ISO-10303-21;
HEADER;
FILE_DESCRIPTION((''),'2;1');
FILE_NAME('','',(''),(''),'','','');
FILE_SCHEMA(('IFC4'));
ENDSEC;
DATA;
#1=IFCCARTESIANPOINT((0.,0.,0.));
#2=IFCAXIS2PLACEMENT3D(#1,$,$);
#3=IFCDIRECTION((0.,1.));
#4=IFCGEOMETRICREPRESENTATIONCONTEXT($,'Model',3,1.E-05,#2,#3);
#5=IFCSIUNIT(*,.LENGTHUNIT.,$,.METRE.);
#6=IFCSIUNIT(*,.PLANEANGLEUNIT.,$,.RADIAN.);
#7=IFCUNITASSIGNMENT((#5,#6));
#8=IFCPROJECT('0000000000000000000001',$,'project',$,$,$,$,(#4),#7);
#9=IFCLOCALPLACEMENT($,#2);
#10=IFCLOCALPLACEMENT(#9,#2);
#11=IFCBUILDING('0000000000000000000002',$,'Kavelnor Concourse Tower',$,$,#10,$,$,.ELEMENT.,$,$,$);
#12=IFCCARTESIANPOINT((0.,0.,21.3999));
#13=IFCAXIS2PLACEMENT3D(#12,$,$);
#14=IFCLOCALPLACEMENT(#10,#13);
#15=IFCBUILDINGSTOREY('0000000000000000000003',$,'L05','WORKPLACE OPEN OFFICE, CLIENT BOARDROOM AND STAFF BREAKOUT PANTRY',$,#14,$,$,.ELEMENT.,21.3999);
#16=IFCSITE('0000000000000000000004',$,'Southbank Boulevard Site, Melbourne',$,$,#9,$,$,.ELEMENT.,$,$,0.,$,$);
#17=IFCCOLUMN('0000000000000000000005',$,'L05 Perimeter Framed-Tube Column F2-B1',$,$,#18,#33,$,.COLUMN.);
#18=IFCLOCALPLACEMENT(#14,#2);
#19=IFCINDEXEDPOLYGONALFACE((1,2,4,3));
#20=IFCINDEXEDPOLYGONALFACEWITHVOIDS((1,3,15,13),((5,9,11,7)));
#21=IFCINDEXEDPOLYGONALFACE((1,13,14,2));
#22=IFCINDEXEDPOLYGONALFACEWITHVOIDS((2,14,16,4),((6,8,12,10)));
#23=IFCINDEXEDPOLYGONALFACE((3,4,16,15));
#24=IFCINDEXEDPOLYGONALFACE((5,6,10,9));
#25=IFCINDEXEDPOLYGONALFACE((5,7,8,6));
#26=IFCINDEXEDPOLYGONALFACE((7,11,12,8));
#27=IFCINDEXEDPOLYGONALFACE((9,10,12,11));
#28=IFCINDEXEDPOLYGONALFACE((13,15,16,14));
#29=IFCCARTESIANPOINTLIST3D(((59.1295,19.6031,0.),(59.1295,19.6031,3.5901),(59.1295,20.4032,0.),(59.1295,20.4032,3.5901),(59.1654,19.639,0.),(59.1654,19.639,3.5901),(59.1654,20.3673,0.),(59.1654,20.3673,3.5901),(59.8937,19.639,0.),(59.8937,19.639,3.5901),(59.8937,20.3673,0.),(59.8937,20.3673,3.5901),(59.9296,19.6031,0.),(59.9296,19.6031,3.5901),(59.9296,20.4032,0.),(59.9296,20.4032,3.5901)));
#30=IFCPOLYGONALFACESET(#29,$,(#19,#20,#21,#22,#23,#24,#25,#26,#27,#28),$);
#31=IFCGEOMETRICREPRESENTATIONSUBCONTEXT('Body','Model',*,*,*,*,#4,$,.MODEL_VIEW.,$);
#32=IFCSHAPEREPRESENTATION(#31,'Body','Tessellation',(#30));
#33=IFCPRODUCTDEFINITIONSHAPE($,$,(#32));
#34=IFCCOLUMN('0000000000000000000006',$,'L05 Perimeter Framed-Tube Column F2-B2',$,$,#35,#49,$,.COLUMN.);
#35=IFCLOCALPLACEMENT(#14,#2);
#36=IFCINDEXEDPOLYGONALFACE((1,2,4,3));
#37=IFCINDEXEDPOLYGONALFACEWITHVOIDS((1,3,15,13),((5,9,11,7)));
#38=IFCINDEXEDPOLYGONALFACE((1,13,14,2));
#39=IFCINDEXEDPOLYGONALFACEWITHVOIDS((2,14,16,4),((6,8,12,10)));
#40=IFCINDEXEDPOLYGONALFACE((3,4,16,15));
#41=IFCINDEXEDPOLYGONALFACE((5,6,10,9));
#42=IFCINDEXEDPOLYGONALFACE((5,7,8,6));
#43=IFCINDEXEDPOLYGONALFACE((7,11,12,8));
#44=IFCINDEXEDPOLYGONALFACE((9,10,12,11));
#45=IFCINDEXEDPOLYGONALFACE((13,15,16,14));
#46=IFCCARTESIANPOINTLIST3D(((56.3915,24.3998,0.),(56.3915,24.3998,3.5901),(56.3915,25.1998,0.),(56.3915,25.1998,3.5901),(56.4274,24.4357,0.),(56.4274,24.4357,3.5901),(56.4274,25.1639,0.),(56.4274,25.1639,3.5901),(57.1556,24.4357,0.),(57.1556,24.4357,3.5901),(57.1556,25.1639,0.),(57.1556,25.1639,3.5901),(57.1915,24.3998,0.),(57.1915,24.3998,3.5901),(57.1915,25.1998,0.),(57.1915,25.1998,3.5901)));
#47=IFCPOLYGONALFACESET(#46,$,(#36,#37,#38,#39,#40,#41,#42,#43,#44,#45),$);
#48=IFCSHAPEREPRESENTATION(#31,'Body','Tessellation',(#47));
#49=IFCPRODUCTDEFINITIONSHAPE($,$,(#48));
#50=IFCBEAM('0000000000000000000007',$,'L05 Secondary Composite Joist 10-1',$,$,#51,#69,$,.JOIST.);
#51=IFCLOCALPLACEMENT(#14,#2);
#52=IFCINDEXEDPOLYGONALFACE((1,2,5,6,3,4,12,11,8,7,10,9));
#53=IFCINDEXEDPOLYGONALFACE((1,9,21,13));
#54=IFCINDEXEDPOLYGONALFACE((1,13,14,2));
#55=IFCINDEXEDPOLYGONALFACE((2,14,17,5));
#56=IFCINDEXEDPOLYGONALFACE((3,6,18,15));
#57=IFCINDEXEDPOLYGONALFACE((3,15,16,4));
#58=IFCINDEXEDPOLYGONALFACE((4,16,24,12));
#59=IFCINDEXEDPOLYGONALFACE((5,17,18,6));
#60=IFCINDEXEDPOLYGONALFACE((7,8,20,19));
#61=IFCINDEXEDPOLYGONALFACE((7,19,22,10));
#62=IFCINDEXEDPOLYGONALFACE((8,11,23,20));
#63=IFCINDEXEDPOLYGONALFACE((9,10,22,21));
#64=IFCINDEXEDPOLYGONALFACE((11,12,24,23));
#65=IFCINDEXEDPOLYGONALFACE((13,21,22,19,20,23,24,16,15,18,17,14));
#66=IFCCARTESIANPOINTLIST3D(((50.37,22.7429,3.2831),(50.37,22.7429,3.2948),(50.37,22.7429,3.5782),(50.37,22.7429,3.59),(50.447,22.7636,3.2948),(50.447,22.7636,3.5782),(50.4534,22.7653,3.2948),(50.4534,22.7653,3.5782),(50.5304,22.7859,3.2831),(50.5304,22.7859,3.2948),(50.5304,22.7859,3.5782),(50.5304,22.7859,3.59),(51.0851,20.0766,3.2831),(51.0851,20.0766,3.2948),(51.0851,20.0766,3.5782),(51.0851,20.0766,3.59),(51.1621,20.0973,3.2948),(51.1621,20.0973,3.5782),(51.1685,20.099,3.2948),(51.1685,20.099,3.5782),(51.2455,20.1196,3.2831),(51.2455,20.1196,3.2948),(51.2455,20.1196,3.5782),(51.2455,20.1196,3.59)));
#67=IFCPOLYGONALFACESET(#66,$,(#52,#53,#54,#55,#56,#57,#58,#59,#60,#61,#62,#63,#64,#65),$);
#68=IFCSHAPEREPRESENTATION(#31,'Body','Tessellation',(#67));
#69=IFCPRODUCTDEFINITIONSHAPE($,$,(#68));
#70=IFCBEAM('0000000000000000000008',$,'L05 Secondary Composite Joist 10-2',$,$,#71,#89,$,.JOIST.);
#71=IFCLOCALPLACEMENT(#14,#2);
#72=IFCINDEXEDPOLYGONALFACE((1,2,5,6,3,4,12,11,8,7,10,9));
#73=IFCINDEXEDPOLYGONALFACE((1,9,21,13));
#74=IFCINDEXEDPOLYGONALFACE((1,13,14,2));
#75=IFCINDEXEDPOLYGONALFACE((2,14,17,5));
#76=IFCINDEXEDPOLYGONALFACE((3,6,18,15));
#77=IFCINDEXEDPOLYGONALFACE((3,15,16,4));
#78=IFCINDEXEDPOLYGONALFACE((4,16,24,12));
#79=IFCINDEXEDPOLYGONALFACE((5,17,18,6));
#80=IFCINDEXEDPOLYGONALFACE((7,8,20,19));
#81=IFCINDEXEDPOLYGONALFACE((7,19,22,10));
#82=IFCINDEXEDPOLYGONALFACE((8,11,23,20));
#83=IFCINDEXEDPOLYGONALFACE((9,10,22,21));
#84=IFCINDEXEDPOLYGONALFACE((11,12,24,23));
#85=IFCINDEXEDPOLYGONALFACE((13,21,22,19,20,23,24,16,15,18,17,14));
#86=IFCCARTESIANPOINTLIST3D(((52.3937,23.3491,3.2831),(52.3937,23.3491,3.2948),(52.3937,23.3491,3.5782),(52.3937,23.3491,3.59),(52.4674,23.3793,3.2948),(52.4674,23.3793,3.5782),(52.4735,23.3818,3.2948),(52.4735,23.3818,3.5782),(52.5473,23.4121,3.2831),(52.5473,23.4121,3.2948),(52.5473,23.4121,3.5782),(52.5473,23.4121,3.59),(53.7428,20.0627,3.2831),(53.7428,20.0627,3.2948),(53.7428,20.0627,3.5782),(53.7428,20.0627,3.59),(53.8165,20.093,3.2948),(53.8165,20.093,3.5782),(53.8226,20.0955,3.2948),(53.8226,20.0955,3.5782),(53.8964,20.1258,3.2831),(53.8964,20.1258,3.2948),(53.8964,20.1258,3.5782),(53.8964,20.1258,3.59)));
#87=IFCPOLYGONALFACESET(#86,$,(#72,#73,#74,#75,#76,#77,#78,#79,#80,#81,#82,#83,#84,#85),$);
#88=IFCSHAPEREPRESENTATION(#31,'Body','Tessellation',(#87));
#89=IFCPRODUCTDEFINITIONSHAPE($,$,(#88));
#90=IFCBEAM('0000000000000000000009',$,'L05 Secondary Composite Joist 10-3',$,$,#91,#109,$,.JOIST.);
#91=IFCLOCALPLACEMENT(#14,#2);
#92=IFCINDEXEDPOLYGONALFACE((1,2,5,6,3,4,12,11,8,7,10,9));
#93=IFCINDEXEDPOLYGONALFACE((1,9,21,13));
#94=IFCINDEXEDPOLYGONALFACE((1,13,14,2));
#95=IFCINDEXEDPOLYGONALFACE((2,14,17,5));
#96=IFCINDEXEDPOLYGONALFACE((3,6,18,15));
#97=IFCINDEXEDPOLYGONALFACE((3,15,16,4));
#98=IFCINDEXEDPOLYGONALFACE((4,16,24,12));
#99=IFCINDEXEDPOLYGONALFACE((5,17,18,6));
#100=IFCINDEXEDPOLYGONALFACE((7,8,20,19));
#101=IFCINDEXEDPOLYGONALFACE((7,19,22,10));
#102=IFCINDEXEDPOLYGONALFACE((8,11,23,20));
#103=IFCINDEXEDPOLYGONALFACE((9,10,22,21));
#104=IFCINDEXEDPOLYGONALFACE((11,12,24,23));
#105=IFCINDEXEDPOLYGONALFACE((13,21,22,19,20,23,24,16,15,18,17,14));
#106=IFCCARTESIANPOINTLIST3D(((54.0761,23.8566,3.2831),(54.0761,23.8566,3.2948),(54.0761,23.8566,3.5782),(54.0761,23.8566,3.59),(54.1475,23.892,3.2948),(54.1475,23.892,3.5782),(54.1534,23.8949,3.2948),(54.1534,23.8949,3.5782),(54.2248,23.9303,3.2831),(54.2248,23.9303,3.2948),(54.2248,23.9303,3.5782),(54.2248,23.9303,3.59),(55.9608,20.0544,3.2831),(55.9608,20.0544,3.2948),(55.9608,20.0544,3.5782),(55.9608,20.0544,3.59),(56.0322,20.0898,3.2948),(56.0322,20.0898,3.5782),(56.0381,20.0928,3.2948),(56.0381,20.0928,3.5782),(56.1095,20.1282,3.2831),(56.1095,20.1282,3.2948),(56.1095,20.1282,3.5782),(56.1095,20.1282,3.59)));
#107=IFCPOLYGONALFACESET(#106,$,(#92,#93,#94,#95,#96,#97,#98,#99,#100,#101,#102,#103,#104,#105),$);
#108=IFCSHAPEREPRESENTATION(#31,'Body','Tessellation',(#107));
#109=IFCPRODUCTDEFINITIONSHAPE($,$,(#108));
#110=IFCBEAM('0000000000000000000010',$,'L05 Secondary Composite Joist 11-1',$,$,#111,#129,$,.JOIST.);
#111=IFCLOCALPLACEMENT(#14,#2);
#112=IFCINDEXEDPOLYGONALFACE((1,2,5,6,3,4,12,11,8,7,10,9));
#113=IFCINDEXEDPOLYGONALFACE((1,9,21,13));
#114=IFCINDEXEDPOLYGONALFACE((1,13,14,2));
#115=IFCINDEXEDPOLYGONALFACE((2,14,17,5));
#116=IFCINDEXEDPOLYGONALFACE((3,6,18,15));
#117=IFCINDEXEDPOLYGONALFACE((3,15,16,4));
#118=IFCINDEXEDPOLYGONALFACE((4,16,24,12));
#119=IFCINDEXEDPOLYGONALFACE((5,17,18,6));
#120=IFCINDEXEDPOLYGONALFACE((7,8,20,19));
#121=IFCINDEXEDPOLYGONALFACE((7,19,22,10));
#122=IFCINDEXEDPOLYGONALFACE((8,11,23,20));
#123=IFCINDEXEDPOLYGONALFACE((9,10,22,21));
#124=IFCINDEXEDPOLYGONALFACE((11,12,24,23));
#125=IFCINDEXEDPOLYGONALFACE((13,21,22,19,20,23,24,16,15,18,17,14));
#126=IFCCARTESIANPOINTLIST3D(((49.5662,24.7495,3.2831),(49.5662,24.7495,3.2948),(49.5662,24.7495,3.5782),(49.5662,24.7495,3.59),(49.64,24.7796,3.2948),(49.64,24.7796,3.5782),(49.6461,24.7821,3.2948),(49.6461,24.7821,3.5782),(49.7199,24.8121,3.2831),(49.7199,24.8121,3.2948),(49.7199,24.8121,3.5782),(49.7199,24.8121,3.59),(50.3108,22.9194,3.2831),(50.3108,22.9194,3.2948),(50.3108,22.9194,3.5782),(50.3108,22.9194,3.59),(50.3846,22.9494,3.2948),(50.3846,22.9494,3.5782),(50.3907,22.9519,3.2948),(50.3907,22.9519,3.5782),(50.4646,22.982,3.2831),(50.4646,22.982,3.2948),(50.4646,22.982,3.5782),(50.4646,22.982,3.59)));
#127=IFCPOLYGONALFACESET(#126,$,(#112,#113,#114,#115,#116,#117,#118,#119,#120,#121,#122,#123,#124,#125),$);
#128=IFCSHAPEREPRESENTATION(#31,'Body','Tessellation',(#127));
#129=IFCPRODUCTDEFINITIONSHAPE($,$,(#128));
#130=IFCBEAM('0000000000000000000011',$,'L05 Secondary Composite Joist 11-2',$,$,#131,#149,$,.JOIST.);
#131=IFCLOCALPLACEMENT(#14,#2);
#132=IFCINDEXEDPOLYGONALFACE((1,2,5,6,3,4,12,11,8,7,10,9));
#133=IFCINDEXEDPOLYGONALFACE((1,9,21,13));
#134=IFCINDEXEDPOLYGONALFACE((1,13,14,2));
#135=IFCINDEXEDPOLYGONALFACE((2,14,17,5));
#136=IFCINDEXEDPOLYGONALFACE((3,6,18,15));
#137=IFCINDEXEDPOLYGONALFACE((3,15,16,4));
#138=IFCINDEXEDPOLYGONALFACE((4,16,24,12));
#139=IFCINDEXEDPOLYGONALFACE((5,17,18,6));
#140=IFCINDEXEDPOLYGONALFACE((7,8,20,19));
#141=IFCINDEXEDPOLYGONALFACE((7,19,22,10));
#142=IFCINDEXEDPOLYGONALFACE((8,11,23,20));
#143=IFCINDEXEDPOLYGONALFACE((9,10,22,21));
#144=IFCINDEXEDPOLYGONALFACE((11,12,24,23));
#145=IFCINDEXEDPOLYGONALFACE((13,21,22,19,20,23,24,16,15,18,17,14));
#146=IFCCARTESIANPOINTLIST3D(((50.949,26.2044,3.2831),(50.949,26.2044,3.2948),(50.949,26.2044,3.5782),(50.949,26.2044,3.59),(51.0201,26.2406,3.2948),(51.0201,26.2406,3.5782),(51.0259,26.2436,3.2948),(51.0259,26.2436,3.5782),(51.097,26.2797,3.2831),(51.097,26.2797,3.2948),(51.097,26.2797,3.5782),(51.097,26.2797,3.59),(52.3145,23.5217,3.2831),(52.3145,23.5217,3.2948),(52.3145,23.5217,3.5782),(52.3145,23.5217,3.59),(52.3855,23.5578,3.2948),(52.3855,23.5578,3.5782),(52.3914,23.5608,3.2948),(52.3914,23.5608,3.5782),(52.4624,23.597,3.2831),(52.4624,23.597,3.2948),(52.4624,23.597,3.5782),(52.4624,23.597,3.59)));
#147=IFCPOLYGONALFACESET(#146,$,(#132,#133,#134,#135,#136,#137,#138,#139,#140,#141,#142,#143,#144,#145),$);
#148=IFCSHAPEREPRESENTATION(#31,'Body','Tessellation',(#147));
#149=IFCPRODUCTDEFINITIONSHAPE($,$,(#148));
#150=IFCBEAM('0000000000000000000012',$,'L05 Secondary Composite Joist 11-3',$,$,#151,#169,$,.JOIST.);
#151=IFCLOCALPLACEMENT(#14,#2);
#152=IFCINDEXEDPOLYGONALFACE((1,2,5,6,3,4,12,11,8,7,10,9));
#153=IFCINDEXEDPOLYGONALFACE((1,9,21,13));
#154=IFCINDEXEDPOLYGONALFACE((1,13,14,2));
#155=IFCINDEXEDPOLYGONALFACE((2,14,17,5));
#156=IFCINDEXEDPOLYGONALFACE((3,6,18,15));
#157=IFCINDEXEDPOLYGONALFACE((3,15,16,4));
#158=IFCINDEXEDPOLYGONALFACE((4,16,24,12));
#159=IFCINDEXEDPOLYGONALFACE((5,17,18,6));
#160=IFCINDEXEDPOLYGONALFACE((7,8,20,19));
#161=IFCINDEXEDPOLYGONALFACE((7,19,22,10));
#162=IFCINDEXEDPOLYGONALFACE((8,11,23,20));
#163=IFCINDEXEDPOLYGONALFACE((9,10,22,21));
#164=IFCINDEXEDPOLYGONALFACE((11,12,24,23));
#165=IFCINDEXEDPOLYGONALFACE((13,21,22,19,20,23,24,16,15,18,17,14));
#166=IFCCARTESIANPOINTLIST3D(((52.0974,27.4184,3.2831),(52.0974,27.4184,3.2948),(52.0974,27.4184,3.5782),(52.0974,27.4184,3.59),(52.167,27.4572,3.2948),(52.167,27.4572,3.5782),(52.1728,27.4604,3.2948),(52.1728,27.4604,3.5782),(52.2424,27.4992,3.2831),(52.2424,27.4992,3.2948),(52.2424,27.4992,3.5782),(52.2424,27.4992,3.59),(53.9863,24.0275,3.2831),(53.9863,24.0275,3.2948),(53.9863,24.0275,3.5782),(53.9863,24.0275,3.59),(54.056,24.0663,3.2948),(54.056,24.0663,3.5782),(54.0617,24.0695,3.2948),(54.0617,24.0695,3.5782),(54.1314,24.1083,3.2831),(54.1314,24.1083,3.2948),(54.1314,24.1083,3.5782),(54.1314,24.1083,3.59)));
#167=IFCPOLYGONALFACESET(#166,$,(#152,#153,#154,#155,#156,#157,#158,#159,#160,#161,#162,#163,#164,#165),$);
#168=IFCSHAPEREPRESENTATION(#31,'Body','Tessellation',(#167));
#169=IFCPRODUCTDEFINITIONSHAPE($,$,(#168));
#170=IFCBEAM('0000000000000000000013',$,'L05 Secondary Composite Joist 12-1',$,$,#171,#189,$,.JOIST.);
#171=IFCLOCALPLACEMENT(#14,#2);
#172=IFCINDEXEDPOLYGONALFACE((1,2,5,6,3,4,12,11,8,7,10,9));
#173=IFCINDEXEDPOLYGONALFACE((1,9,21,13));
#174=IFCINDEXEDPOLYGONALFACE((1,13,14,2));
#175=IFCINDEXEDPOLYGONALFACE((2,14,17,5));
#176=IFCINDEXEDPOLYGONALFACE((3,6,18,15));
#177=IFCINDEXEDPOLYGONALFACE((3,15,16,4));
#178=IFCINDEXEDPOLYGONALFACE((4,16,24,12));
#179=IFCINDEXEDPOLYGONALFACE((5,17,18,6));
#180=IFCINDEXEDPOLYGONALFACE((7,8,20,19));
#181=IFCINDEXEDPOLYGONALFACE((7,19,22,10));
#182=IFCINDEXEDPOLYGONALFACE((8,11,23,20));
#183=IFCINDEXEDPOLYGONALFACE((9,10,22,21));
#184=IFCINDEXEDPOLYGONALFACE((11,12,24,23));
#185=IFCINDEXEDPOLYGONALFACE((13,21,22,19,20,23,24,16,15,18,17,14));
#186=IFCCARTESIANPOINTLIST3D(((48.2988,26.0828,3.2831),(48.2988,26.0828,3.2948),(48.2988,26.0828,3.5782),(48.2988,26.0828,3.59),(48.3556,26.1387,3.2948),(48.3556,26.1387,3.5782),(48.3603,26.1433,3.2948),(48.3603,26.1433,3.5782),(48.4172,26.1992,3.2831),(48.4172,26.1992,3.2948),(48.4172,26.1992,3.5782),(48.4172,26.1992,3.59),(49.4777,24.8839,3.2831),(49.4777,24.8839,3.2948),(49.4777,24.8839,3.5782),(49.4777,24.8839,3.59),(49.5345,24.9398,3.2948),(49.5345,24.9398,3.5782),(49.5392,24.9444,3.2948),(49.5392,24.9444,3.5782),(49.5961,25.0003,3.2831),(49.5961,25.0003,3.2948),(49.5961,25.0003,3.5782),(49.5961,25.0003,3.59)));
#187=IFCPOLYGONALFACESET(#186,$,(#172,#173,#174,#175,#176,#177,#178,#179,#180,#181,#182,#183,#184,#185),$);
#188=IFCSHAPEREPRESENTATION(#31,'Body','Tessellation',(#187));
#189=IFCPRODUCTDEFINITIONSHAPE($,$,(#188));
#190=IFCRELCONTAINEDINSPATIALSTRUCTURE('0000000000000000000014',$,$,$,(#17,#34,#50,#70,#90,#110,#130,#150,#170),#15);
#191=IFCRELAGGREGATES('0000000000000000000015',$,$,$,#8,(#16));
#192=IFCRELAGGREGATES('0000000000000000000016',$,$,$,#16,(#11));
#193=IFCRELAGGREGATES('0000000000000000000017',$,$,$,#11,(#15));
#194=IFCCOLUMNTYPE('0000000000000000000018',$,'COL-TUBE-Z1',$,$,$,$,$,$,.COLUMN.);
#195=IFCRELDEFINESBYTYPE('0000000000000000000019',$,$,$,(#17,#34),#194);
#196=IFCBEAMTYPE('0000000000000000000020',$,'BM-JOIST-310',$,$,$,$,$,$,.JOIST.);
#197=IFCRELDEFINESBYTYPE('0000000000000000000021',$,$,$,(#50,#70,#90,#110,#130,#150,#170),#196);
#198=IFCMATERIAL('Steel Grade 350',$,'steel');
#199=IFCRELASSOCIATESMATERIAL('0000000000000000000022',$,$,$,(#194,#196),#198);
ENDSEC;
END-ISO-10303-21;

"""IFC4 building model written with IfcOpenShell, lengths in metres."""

from ifc_helpers import new_model, si_unit, direction, frame, origin, origin_2d, place, context, subcontext, project, spatial, hollow_rectangle, i_section, extrude, material, material_profile, profile_set, type_object, element, save


model = new_model("IFC4")

# Units and contexts
model_context = context("Model", 3, precision=1e-05, world=origin(), true_north=direction((0.0, 1.0)))
body_context = subcontext(model_context, "Body", "Model", "MODEL_VIEW")
ifc_project = project(units=[si_unit("LENGTHUNIT", "METRE"), si_unit("PLANEANGLEUNIT", "RADIAN")], contexts=[model_context])

# Site, building, storey
site_placement = place(None, origin())
site = spatial("IfcSite", under=ifc_project, at=site_placement, Name="Southbank Boulevard Site, Melbourne", CompositionType="ELEMENT", RefElevation=0.0)
building_placement = place(site_placement, origin())
building = spatial("IfcBuilding", under=site, at=building_placement, Name="Kavelnor Concourse Tower", CompositionType="ELEMENT")
storey_placement = place(building_placement, frame((0.0, 0.0, 21.3999)))
storey = spatial("IfcBuildingStorey", under=building, at=storey_placement, Name="L05", Description="WORKPLACE OPEN OFFICE, CLIENT BOARDROOM AND STAFF BREAKOUT PANTRY", CompositionType="ELEMENT", Elevation=21.3999)

# Columns
ifc_material_1 = material(Name="Steel Grade 350", Category="steel")
ifc_material_profile_1 = material_profile(ifc_material_1, hollow_rectangle(XDim=0.8, YDim=0.8, WallThickness=0.0359, at=origin_2d()), Name="SHS 800x800x36")
ifc_profile_set_1 = profile_set([ifc_material_profile_1], Name="Steel Grade 350")
column_type = type_object("IfcColumnType", Name="COL-TUBE-Z1", PredefinedType="COLUMN", material=ifc_profile_set_1)
for number, where, z_axis, x_axis, name in (
    (1, (59.5295, 20.0032, 0.0), (0.0, 0.0, 1.0), (1.0, 0.0, 0.0), "L05 Perimeter Framed-Tube Column F2-B1"),
    (2, (56.7915, 24.7998, 0.0), (0.0, 0.0, 1.0), (1.0, 0.0, 0.0), "L05 Perimeter Framed-Tube Column F2-B2"),
):
    element("IfcColumn", number, at=place(storey_placement, frame(where, z_axis=z_axis, x_axis=x_axis)), inside=storey, type_object=column_type, Name=name, PredefinedType="COLUMN", context=body_context, shape_type="SweptSolid", body=[
        extrude(hollow_rectangle(XDim=0.8, YDim=0.8, WallThickness=0.0359, at=origin_2d()), origin(), (0.0, 0.0, 1.0), 3.5901),
    ])

# Beams
ifc_material_profile_2 = material_profile(ifc_material_1, i_section(OverallWidth=0.166, OverallDepth=0.3069, WebThickness=0.0066, FlangeThickness=0.0117, at=origin_2d()), Name="310UB46")
ifc_profile_set_2 = profile_set([ifc_material_profile_2], Name="Steel Grade 350")
beam_type_1 = type_object("IfcBeamType", Name="BM-JOIST-310", PredefinedType="JOIST", material=ifc_profile_set_2)
beam_1_placement = place(storey_placement, frame((51.1653, 20.0981, 3.4365), z_axis=(-0.259044, 0.965866, 0.0), x_axis=(-0.965866, -0.259044, 0.0)))
element("IfcBeam", 3, at=beam_1_placement, inside=storey, type_object=beam_type_1, Name="L05 Secondary Composite Joist 10-1", PredefinedType="JOIST", context=body_context, shape_type="SweptSolid", body=[
    extrude(i_section(OverallWidth=0.166, OverallDepth=0.3069, WebThickness=0.0066, FlangeThickness=0.0117, at=origin_2d()), origin(), (0.0, 0.0, 1.0), 2.7605),
])
beam_2_placement = place(storey_placement, frame((53.8196, 20.0942, 3.4365), z_axis=(-0.379764, 0.925083, 0.0), x_axis=(-0.925083, -0.379764, 0.0)))
element("IfcBeam", 4, at=beam_2_placement, inside=storey, type_object=beam_type_1, Name="L05 Secondary Composite Joist 10-2", PredefinedType="JOIST", context=body_context, shape_type="SweptSolid", body=[
    extrude(i_section(OverallWidth=0.166, OverallDepth=0.3069, WebThickness=0.0066, FlangeThickness=0.0117, at=origin_2d()), origin(), (0.0, 0.0, 1.0), 3.5525),
])
beam_3_placement = place(storey_placement, frame((56.0352, 20.0913, 3.4365), z_axis=(-0.444127, 0.895964, 0.0), x_axis=(-0.895964, -0.444127, 0.0)))
element("IfcBeam", 5, at=beam_3_placement, inside=storey, type_object=beam_type_1, Name="L05 Secondary Composite Joist 10-3", PredefinedType="JOIST", context=body_context, shape_type="SweptSolid", body=[
    extrude(i_section(OverallWidth=0.166, OverallDepth=0.3069, WebThickness=0.0066, FlangeThickness=0.0117, at=origin_2d()), origin(), (0.0, 0.0, 1.0), 4.2437),
])
beam_4_placement = place(storey_placement, frame((50.3877, 22.9507, 3.4365), z_axis=(-0.376881, 0.926262, 0.0), x_axis=(-0.926262, -0.376881, 0.0)))
element("IfcBeam", 6, at=beam_4_placement, inside=storey, type_object=beam_type_1, Name="L05 Secondary Composite Joist 11-1", PredefinedType="JOIST", context=body_context, shape_type="SweptSolid", body=[
    extrude(i_section(OverallWidth=0.166, OverallDepth=0.3069, WebThickness=0.0066, FlangeThickness=0.0117, at=origin_2d()), origin(), (0.0, 0.0, 1.0), 1.9758),
])
beam_5_placement = place(storey_placement, frame((52.3884, 23.5593, 3.4365), z_axis=(-0.453593, 0.891209, 0.0), x_axis=(-0.891209, -0.453593, 0.0)))
element("IfcBeam", 7, at=beam_5_placement, inside=storey, type_object=beam_type_1, Name="L05 Secondary Composite Joist 11-2", PredefinedType="JOIST", context=body_context, shape_type="SweptSolid", body=[
    extrude(i_section(OverallWidth=0.166, OverallDepth=0.3069, WebThickness=0.0066, FlangeThickness=0.0117, at=origin_2d()), origin(), (0.0, 0.0, 1.0), 3.0103),
])
beam_6_placement = place(storey_placement, frame((54.0588, 24.0679, 3.4365), z_axis=(-0.486647, 0.873599, 0.0), x_axis=(-0.873599, -0.486647, 0.0)))
element("IfcBeam", 8, at=beam_6_placement, inside=storey, type_object=beam_type_1, Name="L05 Secondary Composite Joist 11-3", PredefinedType="JOIST", context=body_context, shape_type="SweptSolid", body=[
    extrude(i_section(OverallWidth=0.166, OverallDepth=0.3069, WebThickness=0.0066, FlangeThickness=0.0117, at=origin_2d()), origin(), (0.0, 0.0, 1.0), 3.8816),
])
beam_7_placement = place(storey_placement, frame((49.5369, 24.9421, 3.4365), z_axis=(-0.701129, 0.713035, 0.0), x_axis=(-0.713035, -0.701129, 0.0)))
element("IfcBeam", 9, at=beam_7_placement, inside=storey, type_object=beam_type_1, Name="L05 Secondary Composite Joist 12-1", PredefinedType="JOIST", context=body_context, shape_type="SweptSolid", body=[
    extrude(i_section(OverallWidth=0.166, OverallDepth=0.3069, WebThickness=0.0066, FlangeThickness=0.0117, at=origin_2d()), origin(), (0.0, 0.0, 1.0), 1.6814),
])

save(model, "model.ifc")
